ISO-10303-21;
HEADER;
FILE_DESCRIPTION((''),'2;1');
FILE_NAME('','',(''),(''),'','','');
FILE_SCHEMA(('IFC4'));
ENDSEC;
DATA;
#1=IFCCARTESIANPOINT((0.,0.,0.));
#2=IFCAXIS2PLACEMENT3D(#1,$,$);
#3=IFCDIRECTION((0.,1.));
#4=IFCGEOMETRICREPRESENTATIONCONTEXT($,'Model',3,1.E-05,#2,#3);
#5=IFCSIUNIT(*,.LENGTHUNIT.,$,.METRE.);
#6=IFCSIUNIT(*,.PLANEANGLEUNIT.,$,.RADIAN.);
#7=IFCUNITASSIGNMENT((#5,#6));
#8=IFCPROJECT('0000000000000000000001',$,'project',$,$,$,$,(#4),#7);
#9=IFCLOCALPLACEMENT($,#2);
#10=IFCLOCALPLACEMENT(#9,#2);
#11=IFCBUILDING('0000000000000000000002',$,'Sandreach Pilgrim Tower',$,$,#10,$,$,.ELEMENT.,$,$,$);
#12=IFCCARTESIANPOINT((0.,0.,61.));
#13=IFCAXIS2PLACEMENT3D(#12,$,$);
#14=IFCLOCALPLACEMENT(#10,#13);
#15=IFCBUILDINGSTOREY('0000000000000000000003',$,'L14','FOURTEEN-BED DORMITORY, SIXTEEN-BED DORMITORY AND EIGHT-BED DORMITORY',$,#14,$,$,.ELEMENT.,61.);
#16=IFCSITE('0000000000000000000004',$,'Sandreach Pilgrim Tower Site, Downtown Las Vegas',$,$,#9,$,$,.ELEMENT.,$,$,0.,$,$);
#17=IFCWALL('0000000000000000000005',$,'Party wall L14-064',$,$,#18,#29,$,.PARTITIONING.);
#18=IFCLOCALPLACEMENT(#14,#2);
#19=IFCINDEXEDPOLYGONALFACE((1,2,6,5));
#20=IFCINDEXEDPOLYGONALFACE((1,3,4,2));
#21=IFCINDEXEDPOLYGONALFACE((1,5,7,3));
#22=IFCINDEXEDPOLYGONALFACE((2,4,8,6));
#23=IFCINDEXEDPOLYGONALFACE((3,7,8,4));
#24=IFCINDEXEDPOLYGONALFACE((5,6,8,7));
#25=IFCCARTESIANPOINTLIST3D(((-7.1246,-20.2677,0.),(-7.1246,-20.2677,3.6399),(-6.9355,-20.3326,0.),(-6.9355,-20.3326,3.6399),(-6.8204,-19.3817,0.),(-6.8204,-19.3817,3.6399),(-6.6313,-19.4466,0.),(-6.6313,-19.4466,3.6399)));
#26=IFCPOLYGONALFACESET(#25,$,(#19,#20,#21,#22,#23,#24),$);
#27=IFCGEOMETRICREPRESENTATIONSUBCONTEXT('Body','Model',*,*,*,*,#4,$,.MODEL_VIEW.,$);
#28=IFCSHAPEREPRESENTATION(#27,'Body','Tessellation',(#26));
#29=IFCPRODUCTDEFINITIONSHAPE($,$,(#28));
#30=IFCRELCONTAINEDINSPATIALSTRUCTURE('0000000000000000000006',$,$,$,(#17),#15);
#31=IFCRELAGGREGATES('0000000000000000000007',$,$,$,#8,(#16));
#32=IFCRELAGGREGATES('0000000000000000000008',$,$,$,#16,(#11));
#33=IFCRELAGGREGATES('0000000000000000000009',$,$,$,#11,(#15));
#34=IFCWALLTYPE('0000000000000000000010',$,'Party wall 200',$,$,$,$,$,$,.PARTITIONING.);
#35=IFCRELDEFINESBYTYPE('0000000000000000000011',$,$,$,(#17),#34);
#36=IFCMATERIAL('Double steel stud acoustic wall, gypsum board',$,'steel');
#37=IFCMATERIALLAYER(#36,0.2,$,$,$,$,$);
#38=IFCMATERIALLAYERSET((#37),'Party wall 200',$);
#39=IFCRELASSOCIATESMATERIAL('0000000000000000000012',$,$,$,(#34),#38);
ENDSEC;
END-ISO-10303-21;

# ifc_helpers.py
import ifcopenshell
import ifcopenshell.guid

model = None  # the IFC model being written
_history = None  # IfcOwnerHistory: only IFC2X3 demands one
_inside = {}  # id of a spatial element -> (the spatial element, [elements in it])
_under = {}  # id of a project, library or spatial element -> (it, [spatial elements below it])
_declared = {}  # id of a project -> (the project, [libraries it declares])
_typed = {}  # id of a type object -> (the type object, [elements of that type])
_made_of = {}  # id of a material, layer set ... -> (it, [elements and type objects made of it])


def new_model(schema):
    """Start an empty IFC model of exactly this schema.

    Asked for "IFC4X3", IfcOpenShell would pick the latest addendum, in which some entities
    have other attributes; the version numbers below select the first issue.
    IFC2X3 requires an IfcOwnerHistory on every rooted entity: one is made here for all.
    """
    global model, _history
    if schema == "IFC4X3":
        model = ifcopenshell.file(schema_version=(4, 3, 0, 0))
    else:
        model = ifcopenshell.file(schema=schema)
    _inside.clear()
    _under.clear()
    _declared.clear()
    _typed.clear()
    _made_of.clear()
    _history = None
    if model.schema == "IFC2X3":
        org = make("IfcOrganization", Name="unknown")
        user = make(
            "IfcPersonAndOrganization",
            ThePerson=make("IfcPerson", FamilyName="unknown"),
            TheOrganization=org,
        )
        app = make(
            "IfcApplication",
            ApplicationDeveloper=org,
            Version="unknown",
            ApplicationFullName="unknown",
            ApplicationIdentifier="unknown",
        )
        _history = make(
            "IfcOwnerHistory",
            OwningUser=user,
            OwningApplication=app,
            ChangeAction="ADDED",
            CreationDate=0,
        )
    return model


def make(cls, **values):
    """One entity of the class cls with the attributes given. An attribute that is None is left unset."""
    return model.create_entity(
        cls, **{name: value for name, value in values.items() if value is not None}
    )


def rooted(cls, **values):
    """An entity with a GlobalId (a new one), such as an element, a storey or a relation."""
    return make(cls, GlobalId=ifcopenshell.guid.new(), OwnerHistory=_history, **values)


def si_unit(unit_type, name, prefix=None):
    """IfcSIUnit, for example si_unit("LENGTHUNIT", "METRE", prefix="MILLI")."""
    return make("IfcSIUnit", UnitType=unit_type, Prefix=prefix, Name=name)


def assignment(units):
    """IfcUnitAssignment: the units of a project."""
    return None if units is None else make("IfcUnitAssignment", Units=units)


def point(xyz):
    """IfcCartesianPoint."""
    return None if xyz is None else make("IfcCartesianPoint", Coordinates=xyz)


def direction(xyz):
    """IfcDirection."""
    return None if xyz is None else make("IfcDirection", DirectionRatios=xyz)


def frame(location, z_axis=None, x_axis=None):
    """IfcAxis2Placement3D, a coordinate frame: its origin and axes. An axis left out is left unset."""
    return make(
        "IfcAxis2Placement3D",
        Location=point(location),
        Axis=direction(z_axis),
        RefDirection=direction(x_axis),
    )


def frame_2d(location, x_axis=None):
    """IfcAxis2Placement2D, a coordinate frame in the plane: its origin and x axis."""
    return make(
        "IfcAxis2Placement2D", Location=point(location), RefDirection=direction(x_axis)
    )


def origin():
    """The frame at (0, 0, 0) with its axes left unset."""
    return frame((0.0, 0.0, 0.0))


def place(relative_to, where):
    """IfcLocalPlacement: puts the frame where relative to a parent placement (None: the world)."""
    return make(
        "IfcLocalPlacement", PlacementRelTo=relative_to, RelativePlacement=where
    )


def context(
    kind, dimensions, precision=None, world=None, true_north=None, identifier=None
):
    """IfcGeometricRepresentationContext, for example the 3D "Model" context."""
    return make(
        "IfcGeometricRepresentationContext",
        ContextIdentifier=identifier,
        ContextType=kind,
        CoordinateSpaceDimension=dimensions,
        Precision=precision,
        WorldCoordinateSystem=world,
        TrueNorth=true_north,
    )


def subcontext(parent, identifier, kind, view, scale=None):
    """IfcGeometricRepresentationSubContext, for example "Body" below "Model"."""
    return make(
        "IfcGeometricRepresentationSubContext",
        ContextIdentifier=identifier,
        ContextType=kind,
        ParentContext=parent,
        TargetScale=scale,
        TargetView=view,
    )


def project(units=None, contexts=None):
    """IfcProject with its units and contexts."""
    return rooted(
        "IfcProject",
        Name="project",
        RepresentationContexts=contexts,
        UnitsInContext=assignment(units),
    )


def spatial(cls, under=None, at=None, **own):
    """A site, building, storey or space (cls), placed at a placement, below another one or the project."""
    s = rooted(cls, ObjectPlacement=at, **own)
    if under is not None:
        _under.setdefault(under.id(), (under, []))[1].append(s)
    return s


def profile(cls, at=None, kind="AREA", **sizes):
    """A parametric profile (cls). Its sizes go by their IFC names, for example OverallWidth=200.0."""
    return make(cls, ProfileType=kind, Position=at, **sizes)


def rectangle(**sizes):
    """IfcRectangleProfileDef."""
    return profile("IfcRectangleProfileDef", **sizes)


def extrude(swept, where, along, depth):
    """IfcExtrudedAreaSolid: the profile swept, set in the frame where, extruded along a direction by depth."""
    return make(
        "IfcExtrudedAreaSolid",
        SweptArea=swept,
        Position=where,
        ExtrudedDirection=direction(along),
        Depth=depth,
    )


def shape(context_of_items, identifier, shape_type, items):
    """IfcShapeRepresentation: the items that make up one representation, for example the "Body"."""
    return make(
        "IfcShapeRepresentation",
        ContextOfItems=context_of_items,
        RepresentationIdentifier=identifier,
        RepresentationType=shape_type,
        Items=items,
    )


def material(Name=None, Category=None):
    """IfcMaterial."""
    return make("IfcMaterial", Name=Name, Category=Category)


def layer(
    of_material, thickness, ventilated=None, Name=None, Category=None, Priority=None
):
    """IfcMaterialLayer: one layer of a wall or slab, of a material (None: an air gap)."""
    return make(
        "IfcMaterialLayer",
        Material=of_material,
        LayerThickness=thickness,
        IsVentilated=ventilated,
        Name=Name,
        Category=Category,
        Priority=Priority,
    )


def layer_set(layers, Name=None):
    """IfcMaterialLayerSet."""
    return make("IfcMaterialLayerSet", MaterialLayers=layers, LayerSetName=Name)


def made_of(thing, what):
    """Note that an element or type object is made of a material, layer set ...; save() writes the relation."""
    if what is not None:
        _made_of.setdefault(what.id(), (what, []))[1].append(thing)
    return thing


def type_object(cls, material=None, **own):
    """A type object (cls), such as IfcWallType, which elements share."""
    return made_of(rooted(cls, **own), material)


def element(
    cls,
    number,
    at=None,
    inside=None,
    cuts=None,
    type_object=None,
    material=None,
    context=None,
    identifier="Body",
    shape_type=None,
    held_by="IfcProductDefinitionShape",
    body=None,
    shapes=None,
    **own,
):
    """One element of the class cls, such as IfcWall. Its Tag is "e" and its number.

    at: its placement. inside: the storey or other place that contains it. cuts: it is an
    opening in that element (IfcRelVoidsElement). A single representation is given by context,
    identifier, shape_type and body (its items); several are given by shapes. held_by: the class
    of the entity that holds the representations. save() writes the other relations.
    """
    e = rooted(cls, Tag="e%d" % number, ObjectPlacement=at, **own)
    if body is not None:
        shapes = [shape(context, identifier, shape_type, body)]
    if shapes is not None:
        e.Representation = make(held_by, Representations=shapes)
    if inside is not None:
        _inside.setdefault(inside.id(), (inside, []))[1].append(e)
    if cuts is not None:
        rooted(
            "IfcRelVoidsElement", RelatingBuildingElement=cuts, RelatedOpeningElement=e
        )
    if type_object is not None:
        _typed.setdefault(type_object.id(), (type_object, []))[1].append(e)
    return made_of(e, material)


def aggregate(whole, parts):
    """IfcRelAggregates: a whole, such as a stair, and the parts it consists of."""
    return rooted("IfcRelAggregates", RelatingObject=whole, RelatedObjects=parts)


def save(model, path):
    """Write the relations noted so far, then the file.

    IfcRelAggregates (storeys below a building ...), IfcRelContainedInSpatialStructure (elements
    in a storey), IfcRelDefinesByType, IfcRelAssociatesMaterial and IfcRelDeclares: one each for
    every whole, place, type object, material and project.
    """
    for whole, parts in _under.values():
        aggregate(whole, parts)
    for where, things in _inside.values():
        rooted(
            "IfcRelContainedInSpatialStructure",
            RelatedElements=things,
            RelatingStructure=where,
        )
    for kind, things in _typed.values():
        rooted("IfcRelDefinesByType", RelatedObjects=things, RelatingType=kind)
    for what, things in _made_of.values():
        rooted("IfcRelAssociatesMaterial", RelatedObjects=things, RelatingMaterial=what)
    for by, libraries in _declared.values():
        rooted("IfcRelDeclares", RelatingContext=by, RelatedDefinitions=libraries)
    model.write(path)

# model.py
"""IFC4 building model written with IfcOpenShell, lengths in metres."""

from ifc_helpers import new_model, si_unit, direction, frame, frame_2d, origin, place, context, subcontext, project, spatial, rectangle, extrude, material, layer, layer_set, type_object, element, save


model = new_model("IFC4")

# Units and contexts
model_context = context("Model", 3, precision=1e-05, world=origin(), true_north=direction((0.0, 1.0)))
body_context = subcontext(model_context, "Body", "Model", "MODEL_VIEW")
ifc_project = project(units=[si_unit("LENGTHUNIT", "METRE"), si_unit("PLANEANGLEUNIT", "RADIAN")], contexts=[model_context])

# Site, building, storey
site_placement = place(None, origin())
site = spatial("IfcSite", under=ifc_project, at=site_placement, Name="Sandreach Pilgrim Tower Site, Downtown Las Vegas", CompositionType="ELEMENT", RefElevation=0.0)
building_placement = place(site_placement, origin())
building = spatial("IfcBuilding", under=site, at=building_placement, Name="Sandreach Pilgrim Tower", CompositionType="ELEMENT")
storey_placement = place(building_placement, frame((0.0, 0.0, 61.0)))
storey = spatial("IfcBuildingStorey", under=building, at=storey_placement, Name="L14", Description="FOURTEEN-BED DORMITORY, SIXTEEN-BED DORMITORY AND EIGHT-BED DORMITORY", CompositionType="ELEMENT", Elevation=61.0)

# Wall
ifc_material_1 = material(Name="Double steel stud acoustic wall, gypsum board", Category="steel")
ifc_layer_1 = layer(ifc_material_1, 0.2)
ifc_layer_set_1 = layer_set([ifc_layer_1], Name="Party wall 200")
wall_type_1 = type_object("IfcWallType", Name="Party wall 200", PredefinedType="PARTITIONING", material=ifc_layer_set_1)
wall_1_placement = place(storey_placement, frame((-7.03, -20.3, 0.0), z_axis=(0.0, 0.0, 1.0), x_axis=(0.324737, 0.945804, 0.0)))
element("IfcWall", 1, at=wall_1_placement, inside=storey, type_object=wall_type_1, Name="Party wall L14-064", PredefinedType="PARTITIONING", context=body_context, shape_type="SweptSolid", body=[
    extrude(rectangle(XDim=0.9368, YDim=0.2, at=frame_2d((0.4683, 0.0))), origin(), (0.0, 0.0, 1.0), 3.6399),
])

save(model, "model.ifc")
